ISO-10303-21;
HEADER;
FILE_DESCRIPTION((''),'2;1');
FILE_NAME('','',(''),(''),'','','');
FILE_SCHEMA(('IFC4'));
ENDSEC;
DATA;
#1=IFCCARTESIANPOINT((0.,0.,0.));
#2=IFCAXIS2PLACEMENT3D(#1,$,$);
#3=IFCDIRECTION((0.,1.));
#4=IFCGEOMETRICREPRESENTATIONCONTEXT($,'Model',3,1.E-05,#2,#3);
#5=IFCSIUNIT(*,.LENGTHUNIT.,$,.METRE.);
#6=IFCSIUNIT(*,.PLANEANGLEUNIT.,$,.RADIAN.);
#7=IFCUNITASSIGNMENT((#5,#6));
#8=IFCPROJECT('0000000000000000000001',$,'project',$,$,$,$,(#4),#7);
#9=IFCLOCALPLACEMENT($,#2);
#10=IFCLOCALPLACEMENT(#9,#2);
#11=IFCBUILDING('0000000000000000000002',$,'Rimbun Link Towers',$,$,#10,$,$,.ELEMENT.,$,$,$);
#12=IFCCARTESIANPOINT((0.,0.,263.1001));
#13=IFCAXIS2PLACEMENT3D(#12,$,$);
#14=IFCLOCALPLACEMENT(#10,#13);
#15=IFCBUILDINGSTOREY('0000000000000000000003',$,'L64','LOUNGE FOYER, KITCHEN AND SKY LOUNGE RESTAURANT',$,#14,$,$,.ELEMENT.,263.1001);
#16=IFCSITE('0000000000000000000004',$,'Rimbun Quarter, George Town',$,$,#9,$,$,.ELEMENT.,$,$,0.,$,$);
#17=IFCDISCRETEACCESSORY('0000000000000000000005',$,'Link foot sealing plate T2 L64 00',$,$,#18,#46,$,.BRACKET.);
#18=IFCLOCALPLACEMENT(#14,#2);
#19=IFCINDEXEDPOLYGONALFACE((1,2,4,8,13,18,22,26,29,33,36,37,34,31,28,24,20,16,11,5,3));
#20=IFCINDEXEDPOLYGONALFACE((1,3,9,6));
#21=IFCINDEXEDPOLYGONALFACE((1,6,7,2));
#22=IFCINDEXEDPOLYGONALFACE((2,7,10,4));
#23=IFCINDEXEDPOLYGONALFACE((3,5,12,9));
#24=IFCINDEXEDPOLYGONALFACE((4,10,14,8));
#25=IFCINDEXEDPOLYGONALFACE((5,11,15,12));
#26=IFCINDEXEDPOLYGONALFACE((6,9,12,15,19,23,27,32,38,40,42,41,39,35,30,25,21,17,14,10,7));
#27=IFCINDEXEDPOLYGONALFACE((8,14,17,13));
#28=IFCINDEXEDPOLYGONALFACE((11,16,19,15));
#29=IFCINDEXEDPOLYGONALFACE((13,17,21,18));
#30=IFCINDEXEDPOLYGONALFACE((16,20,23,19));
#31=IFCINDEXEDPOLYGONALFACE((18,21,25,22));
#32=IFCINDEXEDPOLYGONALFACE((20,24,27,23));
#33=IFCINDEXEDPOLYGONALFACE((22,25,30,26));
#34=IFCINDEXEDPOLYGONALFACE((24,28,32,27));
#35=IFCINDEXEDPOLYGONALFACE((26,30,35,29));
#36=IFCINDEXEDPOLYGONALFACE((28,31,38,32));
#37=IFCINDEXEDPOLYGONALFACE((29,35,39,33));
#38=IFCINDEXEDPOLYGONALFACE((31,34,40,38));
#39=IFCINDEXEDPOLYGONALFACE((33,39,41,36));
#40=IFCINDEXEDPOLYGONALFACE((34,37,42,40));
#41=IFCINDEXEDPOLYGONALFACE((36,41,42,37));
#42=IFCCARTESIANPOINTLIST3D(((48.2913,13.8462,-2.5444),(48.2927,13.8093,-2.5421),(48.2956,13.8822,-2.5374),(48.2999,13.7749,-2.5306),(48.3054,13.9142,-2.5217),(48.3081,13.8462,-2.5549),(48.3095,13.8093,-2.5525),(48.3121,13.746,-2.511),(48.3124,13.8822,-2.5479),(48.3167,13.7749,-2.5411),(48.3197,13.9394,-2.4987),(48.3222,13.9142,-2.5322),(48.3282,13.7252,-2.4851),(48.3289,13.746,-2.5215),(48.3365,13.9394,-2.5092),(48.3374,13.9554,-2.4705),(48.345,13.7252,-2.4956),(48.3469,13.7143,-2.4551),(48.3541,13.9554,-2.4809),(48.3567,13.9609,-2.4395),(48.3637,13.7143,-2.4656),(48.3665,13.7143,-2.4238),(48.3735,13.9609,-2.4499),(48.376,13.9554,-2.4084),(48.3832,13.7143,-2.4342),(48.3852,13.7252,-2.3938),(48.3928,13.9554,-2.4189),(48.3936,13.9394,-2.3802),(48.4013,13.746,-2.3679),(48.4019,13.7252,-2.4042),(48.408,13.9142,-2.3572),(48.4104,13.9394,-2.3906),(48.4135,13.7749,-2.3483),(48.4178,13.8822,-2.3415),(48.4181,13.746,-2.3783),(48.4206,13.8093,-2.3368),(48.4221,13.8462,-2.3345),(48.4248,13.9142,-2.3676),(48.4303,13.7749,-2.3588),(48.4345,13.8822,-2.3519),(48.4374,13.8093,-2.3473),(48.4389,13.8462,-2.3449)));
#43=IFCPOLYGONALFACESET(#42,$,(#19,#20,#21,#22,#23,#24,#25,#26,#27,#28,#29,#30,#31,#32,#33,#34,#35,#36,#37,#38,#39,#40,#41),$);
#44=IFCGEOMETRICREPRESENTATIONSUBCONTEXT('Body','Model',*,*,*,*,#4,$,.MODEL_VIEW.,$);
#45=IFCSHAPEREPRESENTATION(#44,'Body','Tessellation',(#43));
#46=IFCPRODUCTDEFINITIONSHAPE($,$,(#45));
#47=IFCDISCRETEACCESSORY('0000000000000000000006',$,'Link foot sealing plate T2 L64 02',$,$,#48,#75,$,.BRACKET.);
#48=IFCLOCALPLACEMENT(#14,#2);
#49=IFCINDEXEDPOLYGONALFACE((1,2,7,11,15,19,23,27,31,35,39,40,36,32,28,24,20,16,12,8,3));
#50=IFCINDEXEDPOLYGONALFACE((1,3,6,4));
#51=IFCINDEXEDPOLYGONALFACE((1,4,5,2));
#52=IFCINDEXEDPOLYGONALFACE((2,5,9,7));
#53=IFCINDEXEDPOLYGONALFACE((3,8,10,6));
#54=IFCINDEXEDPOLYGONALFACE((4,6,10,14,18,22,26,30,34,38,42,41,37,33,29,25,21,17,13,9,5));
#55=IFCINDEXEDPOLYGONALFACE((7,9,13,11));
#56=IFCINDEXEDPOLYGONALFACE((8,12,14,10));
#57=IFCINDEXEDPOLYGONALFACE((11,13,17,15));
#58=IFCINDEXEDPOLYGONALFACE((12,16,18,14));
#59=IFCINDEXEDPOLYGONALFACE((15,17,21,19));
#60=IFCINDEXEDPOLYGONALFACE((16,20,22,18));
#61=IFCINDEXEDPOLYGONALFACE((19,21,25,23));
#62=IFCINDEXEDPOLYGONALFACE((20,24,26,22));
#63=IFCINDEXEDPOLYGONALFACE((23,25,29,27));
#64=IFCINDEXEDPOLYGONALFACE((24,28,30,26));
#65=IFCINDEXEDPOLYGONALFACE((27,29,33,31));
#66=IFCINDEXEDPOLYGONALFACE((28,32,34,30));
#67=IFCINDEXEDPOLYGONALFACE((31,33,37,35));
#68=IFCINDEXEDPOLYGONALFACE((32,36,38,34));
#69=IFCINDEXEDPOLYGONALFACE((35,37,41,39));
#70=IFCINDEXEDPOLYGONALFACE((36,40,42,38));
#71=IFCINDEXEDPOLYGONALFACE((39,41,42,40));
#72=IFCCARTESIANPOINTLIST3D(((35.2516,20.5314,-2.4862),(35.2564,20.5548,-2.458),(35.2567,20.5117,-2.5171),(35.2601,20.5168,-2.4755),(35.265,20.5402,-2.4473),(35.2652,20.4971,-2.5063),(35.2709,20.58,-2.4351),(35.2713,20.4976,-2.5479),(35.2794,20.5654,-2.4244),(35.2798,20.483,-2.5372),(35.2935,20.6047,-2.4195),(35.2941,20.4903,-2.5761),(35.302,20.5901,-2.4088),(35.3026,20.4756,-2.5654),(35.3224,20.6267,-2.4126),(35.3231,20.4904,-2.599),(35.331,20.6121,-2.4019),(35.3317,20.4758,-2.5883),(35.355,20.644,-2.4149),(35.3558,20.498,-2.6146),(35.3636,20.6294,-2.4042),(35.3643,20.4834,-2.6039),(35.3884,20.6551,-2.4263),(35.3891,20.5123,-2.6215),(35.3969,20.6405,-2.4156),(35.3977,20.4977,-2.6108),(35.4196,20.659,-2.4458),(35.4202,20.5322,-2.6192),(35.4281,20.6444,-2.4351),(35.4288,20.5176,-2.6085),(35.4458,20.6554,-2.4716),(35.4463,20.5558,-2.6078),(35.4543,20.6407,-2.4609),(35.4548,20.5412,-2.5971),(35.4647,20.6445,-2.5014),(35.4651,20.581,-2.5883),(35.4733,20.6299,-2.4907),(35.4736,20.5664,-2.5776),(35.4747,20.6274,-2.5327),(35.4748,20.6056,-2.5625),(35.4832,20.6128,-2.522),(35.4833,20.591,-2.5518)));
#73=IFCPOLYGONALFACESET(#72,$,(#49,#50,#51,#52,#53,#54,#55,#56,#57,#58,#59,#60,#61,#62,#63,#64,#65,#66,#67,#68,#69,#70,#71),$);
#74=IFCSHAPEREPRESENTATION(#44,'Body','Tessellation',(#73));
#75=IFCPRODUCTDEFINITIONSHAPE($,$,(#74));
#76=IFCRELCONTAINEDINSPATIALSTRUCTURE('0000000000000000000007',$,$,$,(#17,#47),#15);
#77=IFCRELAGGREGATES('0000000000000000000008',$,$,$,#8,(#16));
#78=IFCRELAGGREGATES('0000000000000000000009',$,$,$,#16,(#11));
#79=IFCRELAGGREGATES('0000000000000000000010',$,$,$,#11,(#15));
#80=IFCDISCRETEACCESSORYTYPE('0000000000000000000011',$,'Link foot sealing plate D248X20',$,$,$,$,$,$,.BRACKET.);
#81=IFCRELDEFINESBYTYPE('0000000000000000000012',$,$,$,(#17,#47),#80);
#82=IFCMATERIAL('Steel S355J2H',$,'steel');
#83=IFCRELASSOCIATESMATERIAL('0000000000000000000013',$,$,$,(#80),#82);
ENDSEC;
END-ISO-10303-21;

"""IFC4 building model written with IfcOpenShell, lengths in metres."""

from ifc_helpers import new_model, si_unit, direction, frame, origin, origin_2d, place, context, subcontext, project, spatial, circle, extrude, material, material_profile, profile_set, type_object, element, save


model = new_model("IFC4")

# Units and contexts
model_context = context("Model", 3, precision=1e-05, world=origin(), true_north=direction((0.0, 1.0)))
body_context = subcontext(model_context, "Body", "Model", "MODEL_VIEW")
ifc_project = project(units=[si_unit("LENGTHUNIT", "METRE"), si_unit("PLANEANGLEUNIT", "RADIAN")], contexts=[model_context])

# Site, building, storey
site_placement = place(None, origin())
site = spatial("IfcSite", under=ifc_project, at=site_placement, Name="Rimbun Quarter, George Town", CompositionType="ELEMENT", RefElevation=0.0)
building_placement = place(site_placement, origin())
building = spatial("IfcBuilding", under=site, at=building_placement, Name="Rimbun Link Towers", CompositionType="ELEMENT")
storey_placement = place(building_placement, frame((0.0, 0.0, 263.1001)))
storey = spatial("IfcBuildingStorey", under=building, at=storey_placement, Name="L64", Description="LOUNGE FOYER, KITCHEN AND SKY LOUNGE RESTAURANT", CompositionType="ELEMENT", Elevation=263.1001)

# Discrete accessories
ifc_material_1 = material(Name="Steel S355J2H", Category="steel")
ifc_material_profile_1 = material_profile(ifc_material_1, circle(Radius=0.124, at=origin_2d()), Name="PL D248")
ifc_profile_set_1 = profile_set([ifc_material_profile_1], Name="Steel S355J2H")
discrete_accessory_type = type_object("IfcDiscreteAccessoryType", Name="Link foot sealing plate D248X20", PredefinedType="BRACKET", material=ifc_profile_set_1)
discrete_accessory_1_placement = place(storey_placement, frame((48.3567, 13.8369, -2.4395), z_axis=(0.848689, 0.0, -0.528893), x_axis=(0.0, 1.0, 0.0)))
element("IfcDiscreteAccessory", 1, at=discrete_accessory_1_placement, inside=storey, type_object=discrete_accessory_type, Name="Link foot sealing plate T2 L64 00", PredefinedType="BRACKET", context=body_context, shape_type="SweptSolid", body=[
    extrude(circle(Radius=0.124, at=origin_2d()), origin(), (0.0, 0.0, 1.0), 0.0198),
])
discrete_accessory_2_placement = place(storey_placement, frame((35.3723, 20.5596, -2.5063), z_axis=(-0.42566, 0.729702, -0.535115), x_axis=(-0.863779, -0.503871, 0.0)))
element("IfcDiscreteAccessory", 2, at=discrete_accessory_2_placement, inside=storey, type_object=discrete_accessory_type, Name="Link foot sealing plate T2 L64 02", PredefinedType="BRACKET", context=body_context, shape_type="SweptSolid", body=[
    extrude(circle(Radius=0.124, at=origin_2d()), origin(), (0.0, 0.0, 1.0), 0.02),
])

save(model, "model.ifc")
